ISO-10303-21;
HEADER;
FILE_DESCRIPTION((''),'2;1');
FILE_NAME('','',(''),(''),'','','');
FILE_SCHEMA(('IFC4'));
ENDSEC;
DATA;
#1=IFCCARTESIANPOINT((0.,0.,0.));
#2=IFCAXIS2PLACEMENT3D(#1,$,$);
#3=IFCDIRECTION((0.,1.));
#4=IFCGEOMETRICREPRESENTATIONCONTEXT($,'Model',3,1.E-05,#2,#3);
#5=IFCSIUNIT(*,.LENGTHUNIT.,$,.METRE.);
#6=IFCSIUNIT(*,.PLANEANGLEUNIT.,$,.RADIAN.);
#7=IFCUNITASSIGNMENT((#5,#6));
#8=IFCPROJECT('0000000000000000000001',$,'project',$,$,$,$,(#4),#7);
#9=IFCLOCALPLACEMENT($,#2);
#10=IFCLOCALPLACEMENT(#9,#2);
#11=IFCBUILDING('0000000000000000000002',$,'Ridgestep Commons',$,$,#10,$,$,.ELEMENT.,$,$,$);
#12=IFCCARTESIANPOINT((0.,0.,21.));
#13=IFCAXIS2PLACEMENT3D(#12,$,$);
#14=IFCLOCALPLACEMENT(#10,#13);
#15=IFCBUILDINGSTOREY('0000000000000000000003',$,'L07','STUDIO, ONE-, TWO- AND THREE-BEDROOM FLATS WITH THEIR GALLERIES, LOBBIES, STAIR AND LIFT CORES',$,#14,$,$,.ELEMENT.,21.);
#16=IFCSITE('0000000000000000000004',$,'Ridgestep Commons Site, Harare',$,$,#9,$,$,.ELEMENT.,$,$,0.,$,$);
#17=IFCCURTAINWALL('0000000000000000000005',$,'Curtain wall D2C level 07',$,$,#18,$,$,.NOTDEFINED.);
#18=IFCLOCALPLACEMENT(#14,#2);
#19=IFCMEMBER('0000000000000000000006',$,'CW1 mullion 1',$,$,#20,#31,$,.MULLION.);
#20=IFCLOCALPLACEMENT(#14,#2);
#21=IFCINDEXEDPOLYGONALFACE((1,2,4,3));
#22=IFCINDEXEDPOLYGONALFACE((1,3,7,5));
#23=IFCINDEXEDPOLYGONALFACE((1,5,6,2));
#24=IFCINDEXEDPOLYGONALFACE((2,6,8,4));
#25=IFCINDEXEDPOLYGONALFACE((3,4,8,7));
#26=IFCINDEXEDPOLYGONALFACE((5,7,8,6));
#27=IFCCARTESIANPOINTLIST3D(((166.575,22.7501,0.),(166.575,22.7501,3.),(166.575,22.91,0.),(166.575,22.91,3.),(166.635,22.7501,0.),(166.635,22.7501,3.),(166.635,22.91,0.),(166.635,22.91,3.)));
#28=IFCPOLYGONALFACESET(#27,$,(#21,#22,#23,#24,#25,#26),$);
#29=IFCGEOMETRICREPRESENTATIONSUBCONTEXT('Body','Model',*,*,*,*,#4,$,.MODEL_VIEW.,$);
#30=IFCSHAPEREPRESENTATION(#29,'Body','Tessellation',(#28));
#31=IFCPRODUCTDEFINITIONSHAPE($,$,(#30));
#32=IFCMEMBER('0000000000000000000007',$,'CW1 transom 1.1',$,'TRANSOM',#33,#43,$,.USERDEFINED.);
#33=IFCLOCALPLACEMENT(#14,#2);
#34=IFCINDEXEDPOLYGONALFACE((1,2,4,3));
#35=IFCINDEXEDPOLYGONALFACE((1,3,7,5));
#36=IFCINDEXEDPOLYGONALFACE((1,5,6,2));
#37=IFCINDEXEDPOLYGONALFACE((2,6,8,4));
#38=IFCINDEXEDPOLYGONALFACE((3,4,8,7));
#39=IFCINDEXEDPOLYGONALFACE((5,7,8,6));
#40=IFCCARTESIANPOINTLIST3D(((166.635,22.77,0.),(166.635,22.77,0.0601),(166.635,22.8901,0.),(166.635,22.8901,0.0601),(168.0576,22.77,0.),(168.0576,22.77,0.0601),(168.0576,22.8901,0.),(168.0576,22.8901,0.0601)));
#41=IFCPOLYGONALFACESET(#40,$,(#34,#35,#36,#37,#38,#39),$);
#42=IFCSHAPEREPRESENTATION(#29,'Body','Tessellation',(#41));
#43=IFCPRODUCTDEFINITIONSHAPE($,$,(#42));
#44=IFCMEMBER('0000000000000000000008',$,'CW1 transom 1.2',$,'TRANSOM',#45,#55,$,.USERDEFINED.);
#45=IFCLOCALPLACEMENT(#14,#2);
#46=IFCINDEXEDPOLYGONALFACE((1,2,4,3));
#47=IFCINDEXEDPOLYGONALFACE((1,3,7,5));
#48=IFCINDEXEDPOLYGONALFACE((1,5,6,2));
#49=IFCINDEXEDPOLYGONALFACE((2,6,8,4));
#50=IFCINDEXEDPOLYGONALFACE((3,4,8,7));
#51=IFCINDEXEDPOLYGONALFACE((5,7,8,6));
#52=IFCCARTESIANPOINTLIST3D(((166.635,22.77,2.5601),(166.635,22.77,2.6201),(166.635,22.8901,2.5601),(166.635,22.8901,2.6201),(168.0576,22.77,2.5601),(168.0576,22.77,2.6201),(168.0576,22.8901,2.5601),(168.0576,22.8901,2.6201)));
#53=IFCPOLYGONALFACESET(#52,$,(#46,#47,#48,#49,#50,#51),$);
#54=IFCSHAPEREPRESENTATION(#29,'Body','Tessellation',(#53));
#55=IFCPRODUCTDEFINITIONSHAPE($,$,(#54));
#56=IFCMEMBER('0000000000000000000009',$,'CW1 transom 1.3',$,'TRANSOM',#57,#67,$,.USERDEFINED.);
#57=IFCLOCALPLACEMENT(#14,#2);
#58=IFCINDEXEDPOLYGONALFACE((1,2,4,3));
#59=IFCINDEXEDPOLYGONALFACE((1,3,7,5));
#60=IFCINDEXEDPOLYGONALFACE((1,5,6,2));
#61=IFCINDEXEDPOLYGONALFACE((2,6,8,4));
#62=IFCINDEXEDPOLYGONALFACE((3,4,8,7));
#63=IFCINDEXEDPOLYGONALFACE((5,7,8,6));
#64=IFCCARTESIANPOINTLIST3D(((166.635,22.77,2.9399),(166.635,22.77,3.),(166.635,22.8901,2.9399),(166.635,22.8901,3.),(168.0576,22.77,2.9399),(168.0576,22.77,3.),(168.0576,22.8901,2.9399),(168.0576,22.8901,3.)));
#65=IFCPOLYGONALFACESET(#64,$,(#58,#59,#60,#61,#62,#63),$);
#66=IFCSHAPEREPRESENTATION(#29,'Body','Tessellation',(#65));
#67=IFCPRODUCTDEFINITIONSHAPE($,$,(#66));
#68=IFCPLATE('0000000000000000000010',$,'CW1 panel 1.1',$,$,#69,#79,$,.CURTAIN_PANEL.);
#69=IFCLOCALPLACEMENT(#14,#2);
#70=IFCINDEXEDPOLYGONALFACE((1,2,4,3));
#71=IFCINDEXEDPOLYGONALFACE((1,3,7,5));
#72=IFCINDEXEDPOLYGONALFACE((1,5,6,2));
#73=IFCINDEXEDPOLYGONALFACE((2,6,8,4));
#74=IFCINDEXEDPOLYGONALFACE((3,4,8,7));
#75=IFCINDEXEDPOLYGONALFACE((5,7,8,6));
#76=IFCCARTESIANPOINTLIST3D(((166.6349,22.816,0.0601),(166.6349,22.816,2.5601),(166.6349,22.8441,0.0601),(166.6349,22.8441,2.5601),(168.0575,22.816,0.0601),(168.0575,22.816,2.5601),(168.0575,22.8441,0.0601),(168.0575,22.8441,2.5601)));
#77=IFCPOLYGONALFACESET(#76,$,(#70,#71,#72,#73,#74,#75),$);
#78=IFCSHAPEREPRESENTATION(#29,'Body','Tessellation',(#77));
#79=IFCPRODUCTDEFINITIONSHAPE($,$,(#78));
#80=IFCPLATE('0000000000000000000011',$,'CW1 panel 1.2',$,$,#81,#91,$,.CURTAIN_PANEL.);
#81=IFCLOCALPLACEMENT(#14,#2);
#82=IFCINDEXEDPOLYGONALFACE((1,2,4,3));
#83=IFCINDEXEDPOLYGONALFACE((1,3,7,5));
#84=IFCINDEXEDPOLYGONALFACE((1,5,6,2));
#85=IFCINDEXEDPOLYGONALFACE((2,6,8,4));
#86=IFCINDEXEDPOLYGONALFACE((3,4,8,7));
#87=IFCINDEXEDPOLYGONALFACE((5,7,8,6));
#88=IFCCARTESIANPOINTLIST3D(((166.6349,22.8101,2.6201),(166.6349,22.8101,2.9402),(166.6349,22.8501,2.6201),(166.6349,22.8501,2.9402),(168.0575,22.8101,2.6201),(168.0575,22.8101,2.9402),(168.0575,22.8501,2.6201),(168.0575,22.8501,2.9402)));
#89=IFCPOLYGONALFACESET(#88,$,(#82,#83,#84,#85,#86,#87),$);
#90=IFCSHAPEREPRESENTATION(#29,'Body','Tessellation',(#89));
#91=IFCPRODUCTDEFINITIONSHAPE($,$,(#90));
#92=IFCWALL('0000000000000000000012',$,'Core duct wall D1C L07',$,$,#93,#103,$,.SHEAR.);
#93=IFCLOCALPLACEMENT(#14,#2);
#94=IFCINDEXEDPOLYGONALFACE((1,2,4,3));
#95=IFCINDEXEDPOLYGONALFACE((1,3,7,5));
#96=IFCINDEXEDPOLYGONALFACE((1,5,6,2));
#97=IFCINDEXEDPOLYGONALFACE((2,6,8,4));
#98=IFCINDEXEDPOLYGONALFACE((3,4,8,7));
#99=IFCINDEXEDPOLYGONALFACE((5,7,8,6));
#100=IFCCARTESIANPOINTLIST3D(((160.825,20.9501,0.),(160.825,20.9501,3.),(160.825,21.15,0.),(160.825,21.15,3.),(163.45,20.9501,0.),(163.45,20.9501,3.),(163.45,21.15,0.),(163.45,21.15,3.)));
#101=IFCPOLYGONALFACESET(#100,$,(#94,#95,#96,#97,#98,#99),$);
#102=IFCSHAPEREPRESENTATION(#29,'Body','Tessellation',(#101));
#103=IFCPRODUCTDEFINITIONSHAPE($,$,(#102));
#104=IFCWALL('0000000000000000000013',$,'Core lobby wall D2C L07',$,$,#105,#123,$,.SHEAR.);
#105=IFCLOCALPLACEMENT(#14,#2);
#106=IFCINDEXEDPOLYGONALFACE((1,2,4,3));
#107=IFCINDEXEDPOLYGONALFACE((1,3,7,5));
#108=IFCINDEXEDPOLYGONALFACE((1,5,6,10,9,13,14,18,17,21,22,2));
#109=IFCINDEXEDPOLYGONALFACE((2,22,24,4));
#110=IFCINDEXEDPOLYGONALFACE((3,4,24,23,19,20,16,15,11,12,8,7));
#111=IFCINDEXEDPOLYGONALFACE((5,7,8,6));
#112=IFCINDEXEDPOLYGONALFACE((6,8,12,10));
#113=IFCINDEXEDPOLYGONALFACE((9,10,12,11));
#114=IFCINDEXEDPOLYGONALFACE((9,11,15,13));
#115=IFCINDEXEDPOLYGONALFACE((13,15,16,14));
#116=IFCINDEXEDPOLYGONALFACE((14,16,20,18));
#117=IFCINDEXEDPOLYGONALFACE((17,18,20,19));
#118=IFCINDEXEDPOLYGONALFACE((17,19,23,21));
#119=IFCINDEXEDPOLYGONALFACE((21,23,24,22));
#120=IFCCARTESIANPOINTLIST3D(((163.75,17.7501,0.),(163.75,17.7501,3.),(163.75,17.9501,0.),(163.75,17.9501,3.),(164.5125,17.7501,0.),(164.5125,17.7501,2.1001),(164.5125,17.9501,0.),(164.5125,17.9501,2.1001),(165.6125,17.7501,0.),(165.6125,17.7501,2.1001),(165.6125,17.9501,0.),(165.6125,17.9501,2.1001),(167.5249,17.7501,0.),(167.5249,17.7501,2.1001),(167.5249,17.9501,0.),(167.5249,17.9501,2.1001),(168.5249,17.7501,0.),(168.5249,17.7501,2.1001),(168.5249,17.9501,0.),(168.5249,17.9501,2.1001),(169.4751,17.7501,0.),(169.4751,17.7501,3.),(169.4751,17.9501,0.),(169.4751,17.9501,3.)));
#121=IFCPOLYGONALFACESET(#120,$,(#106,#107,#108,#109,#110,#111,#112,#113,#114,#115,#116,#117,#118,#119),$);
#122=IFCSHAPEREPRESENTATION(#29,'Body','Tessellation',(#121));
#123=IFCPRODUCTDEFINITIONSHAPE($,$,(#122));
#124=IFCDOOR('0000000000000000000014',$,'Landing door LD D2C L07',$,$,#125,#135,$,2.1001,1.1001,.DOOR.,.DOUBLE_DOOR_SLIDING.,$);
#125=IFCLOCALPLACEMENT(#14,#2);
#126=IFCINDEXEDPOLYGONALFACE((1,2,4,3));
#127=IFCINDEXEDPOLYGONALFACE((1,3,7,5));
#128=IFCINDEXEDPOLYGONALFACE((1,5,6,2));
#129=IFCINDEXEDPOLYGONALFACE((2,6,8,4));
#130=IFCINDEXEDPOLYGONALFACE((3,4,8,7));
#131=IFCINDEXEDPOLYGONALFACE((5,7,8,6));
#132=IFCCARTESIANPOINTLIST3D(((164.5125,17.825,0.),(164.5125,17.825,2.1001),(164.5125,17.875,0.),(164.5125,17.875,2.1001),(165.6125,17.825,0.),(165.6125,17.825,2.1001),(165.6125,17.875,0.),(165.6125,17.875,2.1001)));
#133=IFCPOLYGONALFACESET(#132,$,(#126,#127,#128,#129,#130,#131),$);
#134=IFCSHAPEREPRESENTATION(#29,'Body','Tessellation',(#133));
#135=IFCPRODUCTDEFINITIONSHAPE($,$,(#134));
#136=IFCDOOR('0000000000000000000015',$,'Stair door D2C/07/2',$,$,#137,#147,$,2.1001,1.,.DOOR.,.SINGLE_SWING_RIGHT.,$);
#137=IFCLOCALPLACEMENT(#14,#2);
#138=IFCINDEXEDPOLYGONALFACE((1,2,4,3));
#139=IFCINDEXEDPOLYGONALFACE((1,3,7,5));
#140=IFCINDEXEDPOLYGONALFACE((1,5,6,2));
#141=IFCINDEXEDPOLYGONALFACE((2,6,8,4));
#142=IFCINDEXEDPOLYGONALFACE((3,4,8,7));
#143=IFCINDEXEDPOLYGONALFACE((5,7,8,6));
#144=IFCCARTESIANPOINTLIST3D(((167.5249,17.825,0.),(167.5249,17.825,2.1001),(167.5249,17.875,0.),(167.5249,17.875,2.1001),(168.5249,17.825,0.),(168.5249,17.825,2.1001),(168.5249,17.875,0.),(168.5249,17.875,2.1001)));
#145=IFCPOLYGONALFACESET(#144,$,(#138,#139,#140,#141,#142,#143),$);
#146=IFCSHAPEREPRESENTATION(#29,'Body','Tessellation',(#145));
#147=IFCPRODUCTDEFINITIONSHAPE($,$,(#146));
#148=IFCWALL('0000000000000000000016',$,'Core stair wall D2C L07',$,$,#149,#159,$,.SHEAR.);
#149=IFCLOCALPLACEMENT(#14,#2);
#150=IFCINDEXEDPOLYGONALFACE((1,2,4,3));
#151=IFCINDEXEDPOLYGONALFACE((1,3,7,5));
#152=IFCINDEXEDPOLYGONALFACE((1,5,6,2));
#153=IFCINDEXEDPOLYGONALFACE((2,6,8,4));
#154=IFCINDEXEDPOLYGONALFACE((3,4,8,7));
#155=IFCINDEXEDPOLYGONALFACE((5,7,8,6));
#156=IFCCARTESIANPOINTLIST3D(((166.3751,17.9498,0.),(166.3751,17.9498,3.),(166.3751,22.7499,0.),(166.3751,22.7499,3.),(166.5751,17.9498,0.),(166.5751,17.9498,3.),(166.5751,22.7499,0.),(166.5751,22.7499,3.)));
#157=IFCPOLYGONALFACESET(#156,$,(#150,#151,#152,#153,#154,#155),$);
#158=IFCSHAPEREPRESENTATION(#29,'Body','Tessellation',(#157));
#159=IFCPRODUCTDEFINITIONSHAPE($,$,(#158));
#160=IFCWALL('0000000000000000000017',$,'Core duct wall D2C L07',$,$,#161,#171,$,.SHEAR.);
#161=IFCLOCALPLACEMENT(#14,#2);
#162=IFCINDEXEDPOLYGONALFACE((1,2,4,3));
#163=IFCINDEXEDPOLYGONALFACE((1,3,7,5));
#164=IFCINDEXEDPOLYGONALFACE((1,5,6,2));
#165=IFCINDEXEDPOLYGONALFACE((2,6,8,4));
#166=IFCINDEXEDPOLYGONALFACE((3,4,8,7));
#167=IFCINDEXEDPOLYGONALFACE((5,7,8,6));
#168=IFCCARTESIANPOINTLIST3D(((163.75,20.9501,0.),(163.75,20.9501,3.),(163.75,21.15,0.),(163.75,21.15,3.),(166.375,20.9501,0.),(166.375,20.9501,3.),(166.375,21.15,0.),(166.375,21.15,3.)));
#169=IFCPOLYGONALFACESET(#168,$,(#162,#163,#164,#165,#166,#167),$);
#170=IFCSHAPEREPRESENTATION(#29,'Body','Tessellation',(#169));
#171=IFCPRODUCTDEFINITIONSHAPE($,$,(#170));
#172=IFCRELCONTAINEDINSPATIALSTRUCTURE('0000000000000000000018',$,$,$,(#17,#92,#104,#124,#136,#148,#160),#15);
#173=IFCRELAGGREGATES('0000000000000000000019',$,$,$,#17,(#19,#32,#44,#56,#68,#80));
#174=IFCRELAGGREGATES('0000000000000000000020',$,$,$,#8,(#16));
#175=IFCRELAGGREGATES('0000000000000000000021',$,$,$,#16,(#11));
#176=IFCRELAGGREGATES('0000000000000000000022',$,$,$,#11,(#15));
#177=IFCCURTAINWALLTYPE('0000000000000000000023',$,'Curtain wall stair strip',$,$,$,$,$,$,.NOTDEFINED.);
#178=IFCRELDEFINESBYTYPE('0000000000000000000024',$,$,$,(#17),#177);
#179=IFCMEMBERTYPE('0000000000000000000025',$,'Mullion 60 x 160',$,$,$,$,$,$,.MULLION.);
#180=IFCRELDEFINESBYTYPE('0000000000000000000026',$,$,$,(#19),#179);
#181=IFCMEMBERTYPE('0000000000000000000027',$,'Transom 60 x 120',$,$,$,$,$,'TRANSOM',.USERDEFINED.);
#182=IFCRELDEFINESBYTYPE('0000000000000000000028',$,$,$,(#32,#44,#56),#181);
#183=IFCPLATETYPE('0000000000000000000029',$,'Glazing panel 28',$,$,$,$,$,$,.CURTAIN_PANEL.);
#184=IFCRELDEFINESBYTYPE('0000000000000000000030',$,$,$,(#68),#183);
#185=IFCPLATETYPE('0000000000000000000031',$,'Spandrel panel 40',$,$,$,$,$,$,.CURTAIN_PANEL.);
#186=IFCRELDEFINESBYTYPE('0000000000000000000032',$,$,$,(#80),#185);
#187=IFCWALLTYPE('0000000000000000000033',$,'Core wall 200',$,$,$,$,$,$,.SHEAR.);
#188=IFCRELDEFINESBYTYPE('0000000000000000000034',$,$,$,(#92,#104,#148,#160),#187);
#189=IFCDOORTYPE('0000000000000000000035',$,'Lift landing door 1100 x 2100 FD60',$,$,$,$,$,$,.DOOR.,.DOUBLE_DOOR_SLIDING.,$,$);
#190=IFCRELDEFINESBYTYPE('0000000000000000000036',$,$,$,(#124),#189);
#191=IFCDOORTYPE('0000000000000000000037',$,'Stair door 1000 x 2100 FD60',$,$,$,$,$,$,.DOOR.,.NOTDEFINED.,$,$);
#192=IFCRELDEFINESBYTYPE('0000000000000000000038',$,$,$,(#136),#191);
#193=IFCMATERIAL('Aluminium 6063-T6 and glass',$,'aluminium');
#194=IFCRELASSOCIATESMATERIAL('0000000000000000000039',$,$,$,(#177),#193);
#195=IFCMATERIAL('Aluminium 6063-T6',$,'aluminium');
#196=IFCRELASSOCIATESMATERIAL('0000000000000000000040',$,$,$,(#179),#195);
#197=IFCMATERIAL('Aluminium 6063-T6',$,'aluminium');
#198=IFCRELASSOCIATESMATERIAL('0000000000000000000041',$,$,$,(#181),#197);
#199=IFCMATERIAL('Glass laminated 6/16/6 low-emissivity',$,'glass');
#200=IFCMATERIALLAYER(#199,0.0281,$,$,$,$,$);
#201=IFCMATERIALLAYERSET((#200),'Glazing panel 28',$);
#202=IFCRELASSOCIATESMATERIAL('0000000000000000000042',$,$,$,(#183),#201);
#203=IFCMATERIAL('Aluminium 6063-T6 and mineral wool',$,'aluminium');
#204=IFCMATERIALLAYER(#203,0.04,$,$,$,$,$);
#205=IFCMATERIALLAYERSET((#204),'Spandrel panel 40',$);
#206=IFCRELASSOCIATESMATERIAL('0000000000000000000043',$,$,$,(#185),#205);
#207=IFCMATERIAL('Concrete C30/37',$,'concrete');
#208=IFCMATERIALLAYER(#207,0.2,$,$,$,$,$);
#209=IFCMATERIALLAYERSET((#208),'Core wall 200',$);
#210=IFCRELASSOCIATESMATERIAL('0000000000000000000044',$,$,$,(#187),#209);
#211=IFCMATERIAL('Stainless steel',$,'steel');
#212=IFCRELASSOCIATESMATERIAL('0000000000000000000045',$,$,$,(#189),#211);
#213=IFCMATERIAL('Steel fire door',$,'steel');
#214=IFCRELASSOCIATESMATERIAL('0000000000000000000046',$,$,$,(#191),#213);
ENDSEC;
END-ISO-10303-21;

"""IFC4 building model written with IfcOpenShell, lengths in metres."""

from ifc_helpers import new_model, si_unit, direction, frame, frame_2d, origin, origin_2d, place, context, subcontext, project, spatial, rectangle, extrude, material, layer, layer_set, material_profile, profile_set, type_object, element, fill, aggregate, save


model = new_model("IFC4")

# Units and contexts
model_context = context("Model", 3, precision=1e-05, world=origin(), true_north=direction((0.0, 1.0)))
body_context = subcontext(model_context, "Body", "Model", "MODEL_VIEW")
ifc_project = project(units=[si_unit("LENGTHUNIT", "METRE"), si_unit("PLANEANGLEUNIT", "RADIAN")], contexts=[model_context])

# Site, building, storey
site_placement = place(None, origin())
site = spatial("IfcSite", under=ifc_project, at=site_placement, Name="Ridgestep Commons Site, Harare", CompositionType="ELEMENT", RefElevation=0.0)
building_placement = place(site_placement, origin())
building = spatial("IfcBuilding", under=site, at=building_placement, Name="Ridgestep Commons", CompositionType="ELEMENT")
storey_placement = place(building_placement, frame((0.0, 0.0, 21.0)))
storey = spatial("IfcBuildingStorey", under=building, at=storey_placement, Name="L07", Description="STUDIO, ONE-, TWO- AND THREE-BEDROOM FLATS WITH THEIR GALLERIES, LOBBIES, STAIR AND LIFT CORES", CompositionType="ELEMENT", Elevation=21.0)

# Curtain wall, members, plates
ifc_material_1 = material(Name="Aluminium 6063-T6 and glass", Category="aluminium")
curtain_wall_type = type_object("IfcCurtainWallType", Name="Curtain wall stair strip", PredefinedType="NOTDEFINED", material=ifc_material_1)
curtain_wall_placement = place(storey_placement, origin())
curtain_wall = element("IfcCurtainWall", 1, at=curtain_wall_placement, inside=storey, type_object=curtain_wall_type, Name="Curtain wall D2C level 07", PredefinedType="NOTDEFINED")
ifc_material_2 = material(Name="Aluminium 6063-T6", Category="aluminium")
ifc_material_profile_1 = material_profile(ifc_material_2, rectangle(XDim=0.1599, YDim=0.0601, at=origin_2d()), Name="Mullion 60 x 160")
ifc_profile_set_1 = profile_set([ifc_material_profile_1], Name="Aluminium 6063-T6")
member_type_1 = type_object("IfcMemberType", Name="Mullion 60 x 160", PredefinedType="MULLION", material=ifc_profile_set_1)
member_1_placement = place(storey_placement, frame((166.605, 22.8301, 0.0), z_axis=(0.0, 0.0, 1.0), x_axis=(0.0, 1.0, 0.0)))
member_1 = element("IfcMember", 2, at=member_1_placement, type_object=member_type_1, Name="CW1 mullion 1", PredefinedType="MULLION", context=body_context, shape_type="SweptSolid", body=[
    extrude(rectangle(XDim=0.1599, YDim=0.0601, at=origin_2d()), origin(), (0.0, 0.0, 1.0), 3.0),
])
ifc_material_3 = material(Name="Aluminium 6063-T6", Category="aluminium")
ifc_material_profile_2 = material_profile(ifc_material_3, rectangle(XDim=0.1201, YDim=0.0601, at=origin_2d()), Name="Transom 60 x 120")
ifc_profile_set_2 = profile_set([ifc_material_profile_2], Name="Aluminium 6063-T6")
member_type_2 = type_object("IfcMemberType", Name="Transom 60 x 120", ElementType="TRANSOM", PredefinedType="USERDEFINED", material=ifc_profile_set_2)
member_2_placement = place(storey_placement, frame((166.635, 22.8301, 0.03), z_axis=(1.0, 0.0, 0.0), x_axis=(0.0, 1.0, 0.0)))
member_2 = element("IfcMember", 3, at=member_2_placement, type_object=member_type_2, Name="CW1 transom 1.1", ObjectType="TRANSOM", PredefinedType="USERDEFINED", context=body_context, shape_type="SweptSolid", body=[
    extrude(rectangle(XDim=0.1201, YDim=0.0601, at=origin_2d()), origin(), (0.0, 0.0, 1.0), 1.4226),
])
member_3_placement = place(storey_placement, frame((166.635, 22.8301, 2.5901), z_axis=(1.0, 0.0, 0.0), x_axis=(0.0, 1.0, 0.0)))
member_3 = element("IfcMember", 4, at=member_3_placement, type_object=member_type_2, Name="CW1 transom 1.2", ObjectType="TRANSOM", PredefinedType="USERDEFINED", context=body_context, shape_type="SweptSolid", body=[
    extrude(rectangle(XDim=0.1201, YDim=0.0601, at=origin_2d()), origin(), (0.0, 0.0, 1.0), 1.4226),
])
member_4_placement = place(storey_placement, frame((166.635, 22.8301, 2.97), z_axis=(1.0, 0.0, 0.0), x_axis=(0.0, 1.0, 0.0)))
member_4 = element("IfcMember", 5, at=member_4_placement, type_object=member_type_2, Name="CW1 transom 1.3", ObjectType="TRANSOM", PredefinedType="USERDEFINED", context=body_context, shape_type="SweptSolid", body=[
    extrude(rectangle(XDim=0.1201, YDim=0.0601, at=origin_2d()), origin(), (0.0, 0.0, 1.0), 1.4226),
])
ifc_material_4 = material(Name="Glass laminated 6/16/6 low-emissivity", Category="glass")
ifc_layer_1 = layer(ifc_material_4, 0.0281)
ifc_layer_set_1 = layer_set([ifc_layer_1], Name="Glazing panel 28")
plate_type_1 = type_object("IfcPlateType", Name="Glazing panel 28", PredefinedType="CURTAIN_PANEL", material=ifc_layer_set_1)
plate_1_placement = place(storey_placement, frame((167.3462, 22.8301, 0.0601), z_axis=(0.0, 0.0, 1.0), x_axis=(1.0, 0.0, 0.0)))
plate_1 = element("IfcPlate", 6, at=plate_1_placement, type_object=plate_type_1, Name="CW1 panel 1.1", PredefinedType="CURTAIN_PANEL", context=body_context, shape_type="SweptSolid", body=[
    extrude(rectangle(XDim=1.4226, YDim=0.0281, at=origin_2d()), origin(), (0.0, 0.0, 1.0), 2.5),
])
ifc_material_5 = material(Name="Aluminium 6063-T6 and mineral wool", Category="aluminium")
ifc_layer_2 = layer(ifc_material_5, 0.04)
ifc_layer_set_2 = layer_set([ifc_layer_2], Name="Spandrel panel 40")
plate_type_2 = type_object("IfcPlateType", Name="Spandrel panel 40", PredefinedType="CURTAIN_PANEL", material=ifc_layer_set_2)
plate_2_placement = place(storey_placement, frame((167.3462, 22.8301, 2.6201), z_axis=(0.0, 0.0, 1.0), x_axis=(1.0, 0.0, 0.0)))
plate_2 = element("IfcPlate", 7, at=plate_2_placement, type_object=plate_type_2, Name="CW1 panel 1.2", PredefinedType="CURTAIN_PANEL", context=body_context, shape_type="SweptSolid", body=[
    extrude(rectangle(XDim=1.4226, YDim=0.04, at=origin_2d()), origin(), (0.0, 0.0, 1.0), 0.3201),
])
aggregate(curtain_wall, [member_1, member_2, member_3, member_4, plate_1, plate_2])

# Wall
ifc_material_6 = material(Name="Concrete C30/37", Category="concrete")
ifc_layer_3 = layer(ifc_material_6, 0.2)
ifc_layer_set_3 = layer_set([ifc_layer_3], Name="Core wall 200")
wall_type = type_object("IfcWallType", Name="Core wall 200", PredefinedType="SHEAR", material=ifc_layer_set_3)
wall_1_placement = place(storey_placement, frame((160.825, 21.05, 0.0), z_axis=(0.0, 0.0, 1.0), x_axis=(1.0, 0.0, 0.0)))
element("IfcWall", 8, at=wall_1_placement, inside=storey, type_object=wall_type, Name="Core duct wall D1C L07", PredefinedType="SHEAR", context=body_context, shape_type="SweptSolid", body=[
    extrude(rectangle(XDim=2.625, YDim=0.2, at=frame_2d((1.3125, 0.0))), origin(), (0.0, 0.0, 1.0), 3.0),
])

# Wall, openings, doors
wall_2_placement = place(storey_placement, frame((163.75, 17.8501, 0.0), z_axis=(0.0, 0.0, 1.0), x_axis=(1.0, 0.0, 0.0)))
wall_2 = element("IfcWall", 9, at=wall_2_placement, inside=storey, type_object=wall_type, Name="Core lobby wall D2C L07", PredefinedType="SHEAR", context=body_context, shape_type="SweptSolid", body=[
    extrude(rectangle(XDim=5.7251, YDim=0.2, at=frame_2d((2.8625, 0.0))), origin(), (0.0, 0.0, 1.0), 3.0),
])
opening_1_placement = place(wall_2_placement, frame((3.7749, 0.0, 0.0)))
opening_1 = element("IfcOpeningElement", 10, at=opening_1_placement, cuts=wall_2, PredefinedType="OPENING", context=body_context, shape_type="SweptSolid", body=[
    extrude(rectangle(XDim=1.0, YDim=2.1001, at=frame_2d((0.5, 1.05))), frame((0.0, 0.1099, 0.0), z_axis=(0.0, -1.0, 0.0), x_axis=(1.0, 0.0, 0.0)), (0.0, 0.0, 1.0), 0.22),
])
opening_2_placement = place(wall_2_placement, frame((0.7625, 0.0, 0.0)))
opening_2 = element("IfcOpeningElement", 11, at=opening_2_placement, cuts=wall_2, PredefinedType="OPENING", context=body_context, shape_type="SweptSolid", body=[
    extrude(rectangle(XDim=1.1001, YDim=2.1001, at=frame_2d((0.55, 1.05))), frame((0.0, 0.1099, 0.0), z_axis=(0.0, -1.0, 0.0), x_axis=(1.0, 0.0, 0.0)), (0.0, 0.0, 1.0), 0.22),
])
ifc_material_7 = material(Name="Stainless steel", Category="steel")
door_type_1 = type_object("IfcDoorType", Name="Lift landing door 1100 x 2100 FD60", OperationType="DOUBLE_DOOR_SLIDING", PredefinedType="DOOR", material=ifc_material_7)
door_1_placement = place(opening_2_placement, origin())
door_1 = element("IfcDoor", 12, at=door_1_placement, inside=storey, type_object=door_type_1, Name="Landing door LD D2C L07", OperationType="DOUBLE_DOOR_SLIDING", OverallHeight=2.1001, OverallWidth=1.1001, PredefinedType="DOOR", context=body_context, shape_type="SweptSolid", body=[
    extrude(rectangle(XDim=1.1001, YDim=2.1001, at=frame_2d((0.55, 1.05))), frame((0.0, 0.0249, 0.0), z_axis=(0.0, -1.0, 0.0), x_axis=(1.0, 0.0, 0.0)), (0.0, 0.0, 1.0), 0.05),
])
fill(opening_2, door_1)
ifc_material_8 = material(Name="Steel fire door", Category="steel")
door_type_2 = type_object("IfcDoorType", Name="Stair door 1000 x 2100 FD60", OperationType="NOTDEFINED", PredefinedType="DOOR", material=ifc_material_8)
door_2_placement = place(opening_1_placement, origin())
door_2 = element("IfcDoor", 13, at=door_2_placement, inside=storey, type_object=door_type_2, Name="Stair door D2C/07/2", OperationType="SINGLE_SWING_RIGHT", OverallHeight=2.1001, OverallWidth=1.0, PredefinedType="DOOR", context=body_context, shape_type="SweptSolid", body=[
    extrude(rectangle(XDim=1.0, YDim=2.1001, at=frame_2d((0.5, 1.05))), frame((0.0, 0.0249, 0.0), z_axis=(0.0, -1.0, 0.0), x_axis=(1.0, 0.0, 0.0)), (0.0, 0.0, 1.0), 0.05),
])
fill(opening_1, door_2)

# Walls
wall_3_placement = place(storey_placement, frame((166.4751, 17.95, 0.0), z_axis=(0.0, 0.0, 1.0), x_axis=(0.0, 1.0, 0.0)))
element("IfcWall", 14, at=wall_3_placement, inside=storey, type_object=wall_type, Name="Core stair wall D2C L07", PredefinedType="SHEAR", context=body_context, shape_type="SweptSolid", body=[
    extrude(rectangle(XDim=4.8, YDim=0.2, at=frame_2d((2.3999, 0.0))), origin(), (0.0, 0.0, 1.0), 3.0),
])
wall_4_placement = place(storey_placement, frame((163.75, 21.05, 0.0), z_axis=(0.0, 0.0, 1.0), x_axis=(1.0, 0.0, 0.0)))
element("IfcWall", 15, at=wall_4_placement, inside=storey, type_object=wall_type, Name="Core duct wall D2C L07", PredefinedType="SHEAR", context=body_context, shape_type="SweptSolid", body=[
    extrude(rectangle(XDim=2.625, YDim=0.2, at=frame_2d((1.3125, 0.0))), origin(), (0.0, 0.0, 1.0), 3.0),
])

save(model, "model.ifc")
